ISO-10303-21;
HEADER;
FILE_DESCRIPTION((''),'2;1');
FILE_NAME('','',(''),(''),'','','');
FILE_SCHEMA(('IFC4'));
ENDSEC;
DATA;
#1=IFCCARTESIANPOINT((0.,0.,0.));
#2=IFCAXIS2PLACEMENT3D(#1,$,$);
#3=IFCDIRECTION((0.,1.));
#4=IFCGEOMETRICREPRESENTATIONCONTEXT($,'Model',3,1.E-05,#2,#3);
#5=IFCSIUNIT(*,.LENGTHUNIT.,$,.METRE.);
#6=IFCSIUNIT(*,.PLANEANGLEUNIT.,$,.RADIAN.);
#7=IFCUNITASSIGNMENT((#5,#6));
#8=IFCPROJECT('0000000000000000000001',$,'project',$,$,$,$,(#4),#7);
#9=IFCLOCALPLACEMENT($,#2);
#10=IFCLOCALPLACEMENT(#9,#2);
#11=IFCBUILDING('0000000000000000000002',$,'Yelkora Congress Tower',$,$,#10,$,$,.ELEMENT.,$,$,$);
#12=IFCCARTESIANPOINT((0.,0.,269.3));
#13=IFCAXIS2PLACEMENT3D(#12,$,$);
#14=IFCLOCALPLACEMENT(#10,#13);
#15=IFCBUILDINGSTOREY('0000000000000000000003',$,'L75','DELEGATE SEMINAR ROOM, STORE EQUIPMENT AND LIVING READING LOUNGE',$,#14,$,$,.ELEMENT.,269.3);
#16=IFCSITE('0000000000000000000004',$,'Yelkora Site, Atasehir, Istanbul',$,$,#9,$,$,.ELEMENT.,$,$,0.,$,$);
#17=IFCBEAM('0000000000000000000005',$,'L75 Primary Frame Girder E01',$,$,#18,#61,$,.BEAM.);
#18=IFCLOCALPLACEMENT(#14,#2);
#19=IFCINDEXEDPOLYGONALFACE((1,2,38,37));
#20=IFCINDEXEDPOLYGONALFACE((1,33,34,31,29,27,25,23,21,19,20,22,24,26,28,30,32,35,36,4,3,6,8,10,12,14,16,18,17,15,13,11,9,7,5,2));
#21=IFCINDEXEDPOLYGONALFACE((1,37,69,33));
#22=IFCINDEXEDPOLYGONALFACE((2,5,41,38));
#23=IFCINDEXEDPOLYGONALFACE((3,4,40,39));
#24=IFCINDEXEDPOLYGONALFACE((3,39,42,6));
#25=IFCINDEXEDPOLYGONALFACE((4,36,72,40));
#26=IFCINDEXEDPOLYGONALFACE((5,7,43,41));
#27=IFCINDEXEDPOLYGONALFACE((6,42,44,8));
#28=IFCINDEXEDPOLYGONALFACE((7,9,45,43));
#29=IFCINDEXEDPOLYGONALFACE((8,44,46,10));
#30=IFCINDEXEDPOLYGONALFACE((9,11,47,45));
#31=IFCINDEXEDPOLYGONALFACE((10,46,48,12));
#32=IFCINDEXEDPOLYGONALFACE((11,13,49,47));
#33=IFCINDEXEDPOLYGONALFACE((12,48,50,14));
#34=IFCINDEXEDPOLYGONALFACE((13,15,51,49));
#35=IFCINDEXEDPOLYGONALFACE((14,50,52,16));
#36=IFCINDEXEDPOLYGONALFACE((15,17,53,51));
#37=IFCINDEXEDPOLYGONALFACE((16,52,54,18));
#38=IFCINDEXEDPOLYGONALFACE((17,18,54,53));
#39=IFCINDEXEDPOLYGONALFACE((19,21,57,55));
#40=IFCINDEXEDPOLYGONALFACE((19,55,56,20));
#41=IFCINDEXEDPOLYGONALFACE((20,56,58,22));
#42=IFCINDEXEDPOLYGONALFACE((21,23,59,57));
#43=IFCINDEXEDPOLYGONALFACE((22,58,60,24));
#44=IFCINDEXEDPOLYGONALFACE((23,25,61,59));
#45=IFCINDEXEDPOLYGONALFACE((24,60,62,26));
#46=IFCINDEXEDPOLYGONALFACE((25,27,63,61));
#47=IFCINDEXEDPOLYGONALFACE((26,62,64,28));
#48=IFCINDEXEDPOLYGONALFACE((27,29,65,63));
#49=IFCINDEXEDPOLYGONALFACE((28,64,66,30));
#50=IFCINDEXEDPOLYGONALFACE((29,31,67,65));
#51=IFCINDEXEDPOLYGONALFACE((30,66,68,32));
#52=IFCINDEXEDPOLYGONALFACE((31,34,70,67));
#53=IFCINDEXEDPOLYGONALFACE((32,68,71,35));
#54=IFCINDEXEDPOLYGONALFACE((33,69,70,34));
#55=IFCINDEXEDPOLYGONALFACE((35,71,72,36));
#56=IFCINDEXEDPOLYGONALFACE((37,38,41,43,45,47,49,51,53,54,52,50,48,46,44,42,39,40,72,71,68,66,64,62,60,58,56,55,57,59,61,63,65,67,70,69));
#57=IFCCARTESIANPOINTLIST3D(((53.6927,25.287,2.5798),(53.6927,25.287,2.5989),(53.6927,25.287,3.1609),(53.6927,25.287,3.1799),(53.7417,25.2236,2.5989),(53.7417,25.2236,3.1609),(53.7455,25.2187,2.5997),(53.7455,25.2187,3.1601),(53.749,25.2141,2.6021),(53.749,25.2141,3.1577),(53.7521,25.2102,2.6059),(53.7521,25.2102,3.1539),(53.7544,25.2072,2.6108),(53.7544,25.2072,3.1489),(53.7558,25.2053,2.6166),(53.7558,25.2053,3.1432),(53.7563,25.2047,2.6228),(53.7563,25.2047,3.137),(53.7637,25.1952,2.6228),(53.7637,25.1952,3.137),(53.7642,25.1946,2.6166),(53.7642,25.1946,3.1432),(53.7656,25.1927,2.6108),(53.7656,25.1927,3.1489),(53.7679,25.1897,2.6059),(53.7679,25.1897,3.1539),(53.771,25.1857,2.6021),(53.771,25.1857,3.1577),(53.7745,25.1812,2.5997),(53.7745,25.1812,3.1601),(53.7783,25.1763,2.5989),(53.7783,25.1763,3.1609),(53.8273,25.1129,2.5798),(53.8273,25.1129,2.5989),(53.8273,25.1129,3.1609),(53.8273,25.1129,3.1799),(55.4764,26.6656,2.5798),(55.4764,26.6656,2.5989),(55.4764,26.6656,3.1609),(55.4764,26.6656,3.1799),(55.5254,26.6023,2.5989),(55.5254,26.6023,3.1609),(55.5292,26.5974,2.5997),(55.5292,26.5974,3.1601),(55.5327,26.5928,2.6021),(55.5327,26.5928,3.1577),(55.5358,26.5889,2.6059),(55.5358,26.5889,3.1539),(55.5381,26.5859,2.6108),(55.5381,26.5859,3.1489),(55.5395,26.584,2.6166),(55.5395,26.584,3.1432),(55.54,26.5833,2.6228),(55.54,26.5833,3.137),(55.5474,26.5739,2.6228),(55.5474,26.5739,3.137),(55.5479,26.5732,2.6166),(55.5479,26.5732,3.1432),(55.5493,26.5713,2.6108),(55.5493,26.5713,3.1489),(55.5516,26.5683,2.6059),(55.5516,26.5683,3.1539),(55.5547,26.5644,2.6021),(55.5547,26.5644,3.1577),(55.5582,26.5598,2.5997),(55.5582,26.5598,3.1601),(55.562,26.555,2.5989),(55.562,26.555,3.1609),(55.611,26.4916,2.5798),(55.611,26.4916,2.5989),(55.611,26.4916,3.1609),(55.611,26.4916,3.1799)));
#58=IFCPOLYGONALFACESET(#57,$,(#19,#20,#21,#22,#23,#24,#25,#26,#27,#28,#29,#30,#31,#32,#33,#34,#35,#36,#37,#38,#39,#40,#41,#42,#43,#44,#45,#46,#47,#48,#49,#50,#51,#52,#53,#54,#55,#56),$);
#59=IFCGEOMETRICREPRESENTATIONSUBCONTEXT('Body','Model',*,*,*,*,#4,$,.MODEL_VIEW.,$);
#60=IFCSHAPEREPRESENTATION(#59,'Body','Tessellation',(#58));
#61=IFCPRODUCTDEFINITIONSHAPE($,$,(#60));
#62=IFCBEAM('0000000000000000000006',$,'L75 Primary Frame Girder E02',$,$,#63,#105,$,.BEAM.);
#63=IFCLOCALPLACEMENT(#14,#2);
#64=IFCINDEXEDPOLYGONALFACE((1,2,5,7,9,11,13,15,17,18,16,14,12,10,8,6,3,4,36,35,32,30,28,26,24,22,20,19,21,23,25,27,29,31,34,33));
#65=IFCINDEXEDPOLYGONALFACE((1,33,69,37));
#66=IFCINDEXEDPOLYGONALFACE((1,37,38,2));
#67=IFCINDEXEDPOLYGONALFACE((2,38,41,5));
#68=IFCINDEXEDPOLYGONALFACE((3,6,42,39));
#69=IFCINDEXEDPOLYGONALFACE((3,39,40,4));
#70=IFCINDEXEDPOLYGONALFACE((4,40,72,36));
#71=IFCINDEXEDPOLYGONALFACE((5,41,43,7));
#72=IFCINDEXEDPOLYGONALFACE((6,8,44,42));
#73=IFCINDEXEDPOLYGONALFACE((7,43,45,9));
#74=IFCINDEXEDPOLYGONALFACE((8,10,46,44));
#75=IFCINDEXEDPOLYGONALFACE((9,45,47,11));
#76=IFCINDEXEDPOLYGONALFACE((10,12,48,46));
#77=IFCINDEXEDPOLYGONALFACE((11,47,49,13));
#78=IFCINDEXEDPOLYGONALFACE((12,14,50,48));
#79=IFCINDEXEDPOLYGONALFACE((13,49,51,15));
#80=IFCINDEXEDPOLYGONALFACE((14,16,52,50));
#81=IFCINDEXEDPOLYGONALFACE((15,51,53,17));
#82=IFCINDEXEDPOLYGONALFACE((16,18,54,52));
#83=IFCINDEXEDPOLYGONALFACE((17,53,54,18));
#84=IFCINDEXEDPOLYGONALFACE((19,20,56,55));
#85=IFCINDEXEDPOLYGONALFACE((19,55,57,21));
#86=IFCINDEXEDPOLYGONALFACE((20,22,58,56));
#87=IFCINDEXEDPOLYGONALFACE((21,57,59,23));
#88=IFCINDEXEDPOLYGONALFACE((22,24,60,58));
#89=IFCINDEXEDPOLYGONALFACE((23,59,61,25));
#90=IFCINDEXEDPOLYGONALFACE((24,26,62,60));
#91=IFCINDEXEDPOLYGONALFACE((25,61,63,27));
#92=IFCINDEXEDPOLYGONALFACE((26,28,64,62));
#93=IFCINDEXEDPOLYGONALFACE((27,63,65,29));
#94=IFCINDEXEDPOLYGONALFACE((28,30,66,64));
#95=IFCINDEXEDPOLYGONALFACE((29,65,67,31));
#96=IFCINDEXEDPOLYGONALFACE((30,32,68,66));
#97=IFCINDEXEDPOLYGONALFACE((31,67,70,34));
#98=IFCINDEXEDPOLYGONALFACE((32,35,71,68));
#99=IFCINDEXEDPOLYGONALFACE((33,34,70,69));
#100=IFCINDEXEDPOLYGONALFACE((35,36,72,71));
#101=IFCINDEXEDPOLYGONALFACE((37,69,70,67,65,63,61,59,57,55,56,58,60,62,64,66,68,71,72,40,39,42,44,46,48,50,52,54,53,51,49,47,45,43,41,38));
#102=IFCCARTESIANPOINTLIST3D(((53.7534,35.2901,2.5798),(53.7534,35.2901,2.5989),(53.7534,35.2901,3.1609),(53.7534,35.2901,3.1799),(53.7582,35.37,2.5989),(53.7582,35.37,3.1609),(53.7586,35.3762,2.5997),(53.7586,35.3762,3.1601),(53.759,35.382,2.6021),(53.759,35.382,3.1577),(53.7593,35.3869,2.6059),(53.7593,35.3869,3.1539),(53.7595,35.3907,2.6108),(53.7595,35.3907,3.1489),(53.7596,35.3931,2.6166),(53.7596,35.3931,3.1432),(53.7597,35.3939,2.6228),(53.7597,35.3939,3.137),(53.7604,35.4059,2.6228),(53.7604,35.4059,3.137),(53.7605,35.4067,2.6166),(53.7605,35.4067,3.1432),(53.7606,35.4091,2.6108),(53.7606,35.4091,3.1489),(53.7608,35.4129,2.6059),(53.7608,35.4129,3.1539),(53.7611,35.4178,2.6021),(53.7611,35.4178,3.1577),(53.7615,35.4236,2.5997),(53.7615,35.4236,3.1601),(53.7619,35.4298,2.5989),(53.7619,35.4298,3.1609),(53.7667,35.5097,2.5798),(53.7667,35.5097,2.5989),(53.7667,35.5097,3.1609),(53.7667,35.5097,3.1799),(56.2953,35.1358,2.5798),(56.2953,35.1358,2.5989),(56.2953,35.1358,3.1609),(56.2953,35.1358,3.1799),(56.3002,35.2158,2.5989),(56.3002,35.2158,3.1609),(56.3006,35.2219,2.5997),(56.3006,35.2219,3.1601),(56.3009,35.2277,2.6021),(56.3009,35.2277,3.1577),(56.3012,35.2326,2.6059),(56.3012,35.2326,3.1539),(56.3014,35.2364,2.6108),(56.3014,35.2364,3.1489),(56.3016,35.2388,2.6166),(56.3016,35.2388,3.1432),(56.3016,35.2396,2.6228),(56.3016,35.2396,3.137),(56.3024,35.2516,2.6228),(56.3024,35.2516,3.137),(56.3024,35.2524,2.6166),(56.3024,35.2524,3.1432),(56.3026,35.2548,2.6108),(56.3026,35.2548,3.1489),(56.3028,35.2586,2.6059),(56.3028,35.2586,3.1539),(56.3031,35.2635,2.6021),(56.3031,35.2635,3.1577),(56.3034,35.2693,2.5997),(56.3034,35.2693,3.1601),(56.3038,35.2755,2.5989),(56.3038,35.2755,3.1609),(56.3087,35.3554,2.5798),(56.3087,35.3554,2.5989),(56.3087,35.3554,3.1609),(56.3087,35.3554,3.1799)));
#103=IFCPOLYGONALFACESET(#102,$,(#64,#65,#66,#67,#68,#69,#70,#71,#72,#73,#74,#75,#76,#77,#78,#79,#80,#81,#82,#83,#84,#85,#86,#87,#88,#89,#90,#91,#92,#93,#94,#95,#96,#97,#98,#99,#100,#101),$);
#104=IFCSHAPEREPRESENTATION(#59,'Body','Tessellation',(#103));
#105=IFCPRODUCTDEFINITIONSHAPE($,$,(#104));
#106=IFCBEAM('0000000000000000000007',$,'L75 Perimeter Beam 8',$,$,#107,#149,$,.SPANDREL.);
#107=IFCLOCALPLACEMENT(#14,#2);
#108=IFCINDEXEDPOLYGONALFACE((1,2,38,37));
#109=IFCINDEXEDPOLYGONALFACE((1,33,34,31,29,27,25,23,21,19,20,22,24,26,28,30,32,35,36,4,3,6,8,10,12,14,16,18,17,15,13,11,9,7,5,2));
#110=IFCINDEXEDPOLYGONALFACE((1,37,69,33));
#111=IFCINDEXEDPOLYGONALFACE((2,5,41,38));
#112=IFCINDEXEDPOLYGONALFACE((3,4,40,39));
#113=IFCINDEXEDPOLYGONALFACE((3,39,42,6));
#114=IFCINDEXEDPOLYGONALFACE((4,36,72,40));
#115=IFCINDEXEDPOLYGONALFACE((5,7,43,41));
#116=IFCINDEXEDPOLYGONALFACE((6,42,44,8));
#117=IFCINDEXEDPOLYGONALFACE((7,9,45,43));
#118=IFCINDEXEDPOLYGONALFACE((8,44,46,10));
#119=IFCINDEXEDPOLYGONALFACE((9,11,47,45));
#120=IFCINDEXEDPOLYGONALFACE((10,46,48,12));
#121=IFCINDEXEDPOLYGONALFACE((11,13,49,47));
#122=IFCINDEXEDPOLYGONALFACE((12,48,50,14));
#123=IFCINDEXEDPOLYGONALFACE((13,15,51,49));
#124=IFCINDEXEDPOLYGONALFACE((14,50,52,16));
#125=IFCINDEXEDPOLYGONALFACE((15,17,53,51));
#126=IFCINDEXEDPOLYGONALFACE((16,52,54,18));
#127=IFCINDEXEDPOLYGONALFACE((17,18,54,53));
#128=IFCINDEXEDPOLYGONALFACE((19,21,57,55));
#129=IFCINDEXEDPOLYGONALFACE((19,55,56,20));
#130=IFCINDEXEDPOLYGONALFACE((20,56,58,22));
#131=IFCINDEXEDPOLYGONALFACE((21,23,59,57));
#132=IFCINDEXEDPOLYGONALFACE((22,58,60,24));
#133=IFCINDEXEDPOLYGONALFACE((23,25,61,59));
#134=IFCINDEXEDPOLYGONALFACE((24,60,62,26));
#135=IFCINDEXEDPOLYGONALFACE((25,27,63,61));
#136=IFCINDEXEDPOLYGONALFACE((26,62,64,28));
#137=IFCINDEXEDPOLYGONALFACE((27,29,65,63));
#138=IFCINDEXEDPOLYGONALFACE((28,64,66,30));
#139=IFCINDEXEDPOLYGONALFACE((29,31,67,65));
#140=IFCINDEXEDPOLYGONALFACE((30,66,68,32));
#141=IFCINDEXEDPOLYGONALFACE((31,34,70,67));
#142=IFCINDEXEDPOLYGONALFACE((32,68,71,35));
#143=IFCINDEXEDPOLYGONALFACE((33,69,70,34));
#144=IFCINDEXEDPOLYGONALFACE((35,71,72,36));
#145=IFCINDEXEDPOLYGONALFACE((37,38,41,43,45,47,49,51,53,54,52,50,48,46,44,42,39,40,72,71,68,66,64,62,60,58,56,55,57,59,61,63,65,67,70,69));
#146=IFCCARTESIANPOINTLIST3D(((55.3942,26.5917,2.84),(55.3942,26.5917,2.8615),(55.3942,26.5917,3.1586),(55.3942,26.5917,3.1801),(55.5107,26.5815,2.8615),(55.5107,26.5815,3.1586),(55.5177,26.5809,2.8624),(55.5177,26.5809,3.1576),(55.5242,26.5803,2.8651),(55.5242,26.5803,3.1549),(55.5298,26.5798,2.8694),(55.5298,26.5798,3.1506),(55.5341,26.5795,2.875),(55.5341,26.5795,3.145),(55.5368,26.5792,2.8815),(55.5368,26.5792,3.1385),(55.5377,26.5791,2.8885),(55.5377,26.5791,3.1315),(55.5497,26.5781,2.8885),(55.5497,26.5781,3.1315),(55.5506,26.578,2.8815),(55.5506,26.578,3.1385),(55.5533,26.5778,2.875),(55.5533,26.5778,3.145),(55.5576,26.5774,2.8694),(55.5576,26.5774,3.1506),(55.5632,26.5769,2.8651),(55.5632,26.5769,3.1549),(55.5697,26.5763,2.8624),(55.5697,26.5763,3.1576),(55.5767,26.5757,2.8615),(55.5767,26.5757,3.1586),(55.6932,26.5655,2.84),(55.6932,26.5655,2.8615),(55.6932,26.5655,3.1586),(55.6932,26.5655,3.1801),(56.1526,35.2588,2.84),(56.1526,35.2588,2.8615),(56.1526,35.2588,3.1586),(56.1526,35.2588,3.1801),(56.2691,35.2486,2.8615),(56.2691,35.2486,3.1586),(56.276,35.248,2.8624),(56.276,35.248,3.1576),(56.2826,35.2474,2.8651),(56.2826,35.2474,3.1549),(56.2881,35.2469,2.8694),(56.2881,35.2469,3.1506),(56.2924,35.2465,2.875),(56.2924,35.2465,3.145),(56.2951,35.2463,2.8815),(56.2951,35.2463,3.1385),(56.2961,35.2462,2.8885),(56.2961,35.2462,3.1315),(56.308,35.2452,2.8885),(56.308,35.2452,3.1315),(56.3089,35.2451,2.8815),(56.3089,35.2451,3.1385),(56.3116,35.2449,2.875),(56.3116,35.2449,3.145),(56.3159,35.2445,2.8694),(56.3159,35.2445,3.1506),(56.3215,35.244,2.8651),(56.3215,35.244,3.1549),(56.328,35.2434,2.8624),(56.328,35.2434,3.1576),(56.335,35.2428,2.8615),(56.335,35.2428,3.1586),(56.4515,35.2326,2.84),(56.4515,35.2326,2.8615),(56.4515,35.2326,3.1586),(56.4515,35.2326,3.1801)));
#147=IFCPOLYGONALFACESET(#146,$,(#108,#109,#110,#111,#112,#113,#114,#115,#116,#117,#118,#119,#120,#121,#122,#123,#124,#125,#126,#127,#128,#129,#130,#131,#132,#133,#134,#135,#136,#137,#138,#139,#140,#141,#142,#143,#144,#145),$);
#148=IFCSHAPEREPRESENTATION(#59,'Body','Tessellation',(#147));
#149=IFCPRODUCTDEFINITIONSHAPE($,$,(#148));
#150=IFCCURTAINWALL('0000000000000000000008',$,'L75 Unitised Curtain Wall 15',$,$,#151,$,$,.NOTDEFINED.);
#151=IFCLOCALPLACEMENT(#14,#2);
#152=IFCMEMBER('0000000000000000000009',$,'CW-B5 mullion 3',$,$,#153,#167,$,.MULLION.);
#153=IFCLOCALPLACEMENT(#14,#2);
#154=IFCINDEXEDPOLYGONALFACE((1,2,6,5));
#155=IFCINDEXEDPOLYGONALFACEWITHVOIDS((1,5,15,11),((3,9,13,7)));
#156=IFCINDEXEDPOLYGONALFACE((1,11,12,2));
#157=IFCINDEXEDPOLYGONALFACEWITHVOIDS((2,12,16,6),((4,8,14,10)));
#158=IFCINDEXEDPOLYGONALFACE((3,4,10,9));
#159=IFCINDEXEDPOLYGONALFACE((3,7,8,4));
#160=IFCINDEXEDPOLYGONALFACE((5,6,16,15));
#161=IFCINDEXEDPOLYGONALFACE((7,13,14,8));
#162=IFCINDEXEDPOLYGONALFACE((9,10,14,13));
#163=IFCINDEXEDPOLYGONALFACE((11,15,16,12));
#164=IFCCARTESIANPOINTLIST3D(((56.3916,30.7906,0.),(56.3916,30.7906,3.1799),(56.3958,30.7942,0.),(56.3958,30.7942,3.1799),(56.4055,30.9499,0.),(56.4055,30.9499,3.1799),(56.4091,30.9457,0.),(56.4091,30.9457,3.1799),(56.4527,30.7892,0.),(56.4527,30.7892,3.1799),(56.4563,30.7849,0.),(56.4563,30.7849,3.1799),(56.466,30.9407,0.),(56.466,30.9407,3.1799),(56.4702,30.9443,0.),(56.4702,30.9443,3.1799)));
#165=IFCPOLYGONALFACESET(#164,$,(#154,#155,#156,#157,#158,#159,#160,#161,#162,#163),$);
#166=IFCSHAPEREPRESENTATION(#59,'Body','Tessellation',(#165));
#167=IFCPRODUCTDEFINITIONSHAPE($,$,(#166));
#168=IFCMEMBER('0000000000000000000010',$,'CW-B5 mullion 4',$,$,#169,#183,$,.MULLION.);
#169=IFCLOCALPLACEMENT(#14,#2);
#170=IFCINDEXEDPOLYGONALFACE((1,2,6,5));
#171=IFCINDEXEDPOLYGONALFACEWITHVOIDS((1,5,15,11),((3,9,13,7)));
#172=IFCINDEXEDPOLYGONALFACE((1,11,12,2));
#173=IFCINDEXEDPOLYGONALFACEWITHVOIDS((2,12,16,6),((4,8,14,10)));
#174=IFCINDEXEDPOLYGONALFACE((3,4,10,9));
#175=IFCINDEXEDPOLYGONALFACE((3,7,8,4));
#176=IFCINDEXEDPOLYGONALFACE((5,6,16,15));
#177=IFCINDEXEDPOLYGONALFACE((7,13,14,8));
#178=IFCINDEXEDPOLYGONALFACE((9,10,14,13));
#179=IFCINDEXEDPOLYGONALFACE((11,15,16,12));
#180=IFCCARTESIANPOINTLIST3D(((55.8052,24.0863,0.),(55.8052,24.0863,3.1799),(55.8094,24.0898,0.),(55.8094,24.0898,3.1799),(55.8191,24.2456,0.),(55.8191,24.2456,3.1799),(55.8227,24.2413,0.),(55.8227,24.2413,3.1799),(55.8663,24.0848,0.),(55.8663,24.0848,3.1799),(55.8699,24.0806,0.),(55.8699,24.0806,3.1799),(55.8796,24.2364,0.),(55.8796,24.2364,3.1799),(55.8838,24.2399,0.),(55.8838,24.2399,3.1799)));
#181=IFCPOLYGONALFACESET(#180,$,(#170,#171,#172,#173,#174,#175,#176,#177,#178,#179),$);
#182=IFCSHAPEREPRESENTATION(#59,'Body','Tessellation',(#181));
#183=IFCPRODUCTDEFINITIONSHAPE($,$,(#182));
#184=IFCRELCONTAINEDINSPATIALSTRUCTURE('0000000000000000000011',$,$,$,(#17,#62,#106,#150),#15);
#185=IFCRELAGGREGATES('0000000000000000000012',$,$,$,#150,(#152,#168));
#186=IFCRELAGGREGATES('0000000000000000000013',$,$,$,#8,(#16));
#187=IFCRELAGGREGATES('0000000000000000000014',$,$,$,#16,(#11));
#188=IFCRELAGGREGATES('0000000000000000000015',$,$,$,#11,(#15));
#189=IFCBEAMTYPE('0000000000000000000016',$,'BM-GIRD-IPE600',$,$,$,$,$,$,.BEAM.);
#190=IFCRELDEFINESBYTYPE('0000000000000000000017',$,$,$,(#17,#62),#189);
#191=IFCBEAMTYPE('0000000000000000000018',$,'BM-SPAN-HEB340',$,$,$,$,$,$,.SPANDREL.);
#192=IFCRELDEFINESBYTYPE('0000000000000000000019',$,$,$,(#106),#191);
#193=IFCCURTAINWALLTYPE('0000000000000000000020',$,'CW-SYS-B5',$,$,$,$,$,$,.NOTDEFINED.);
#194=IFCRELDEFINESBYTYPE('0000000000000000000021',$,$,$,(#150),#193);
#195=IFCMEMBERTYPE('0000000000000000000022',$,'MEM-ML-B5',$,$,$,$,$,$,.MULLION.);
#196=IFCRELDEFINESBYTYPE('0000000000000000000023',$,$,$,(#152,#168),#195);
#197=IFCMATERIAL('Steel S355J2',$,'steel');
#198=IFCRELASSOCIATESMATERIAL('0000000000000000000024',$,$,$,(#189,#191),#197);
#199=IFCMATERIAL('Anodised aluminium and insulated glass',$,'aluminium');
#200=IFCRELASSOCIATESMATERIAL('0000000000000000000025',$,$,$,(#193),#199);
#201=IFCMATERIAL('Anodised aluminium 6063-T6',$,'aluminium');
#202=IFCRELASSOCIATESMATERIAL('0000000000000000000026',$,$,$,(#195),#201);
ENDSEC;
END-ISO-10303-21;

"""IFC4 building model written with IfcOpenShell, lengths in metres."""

from ifc_helpers import new_model, si_unit, direction, frame, origin, origin_2d, place, context, subcontext, project, spatial, hollow_rectangle, i_section, extrude, material, material_profile, profile_set, type_object, element, aggregate, save


model = new_model("IFC4")

# Units and contexts
model_context = context("Model", 3, precision=1e-05, world=origin(), true_north=direction((0.0, 1.0)))
body_context = subcontext(model_context, "Body", "Model", "MODEL_VIEW")
ifc_project = project(units=[si_unit("LENGTHUNIT", "METRE"), si_unit("PLANEANGLEUNIT", "RADIAN")], contexts=[model_context])

# Site, building, storey
site_placement = place(None, origin())
site = spatial("IfcSite", under=ifc_project, at=site_placement, Name="Yelkora Site, Atasehir, Istanbul", CompositionType="ELEMENT", RefElevation=0.0)
building_placement = place(site_placement, origin())
building = spatial("IfcBuilding", under=site, at=building_placement, Name="Yelkora Congress Tower", CompositionType="ELEMENT")
storey_placement = place(building_placement, frame((0.0, 0.0, 269.3)))
storey = spatial("IfcBuildingStorey", under=building, at=storey_placement, Name="L75", Description="DELEGATE SEMINAR ROOM, STORE EQUIPMENT AND LIVING READING LOUNGE", CompositionType="ELEMENT", Elevation=269.3)

# Shared definitions
ifc_material_1 = material(Name="Steel S355J2", Category="steel")

# Beams
ifc_material_profile_1 = material_profile(ifc_material_1, i_section(OverallWidth=0.22, OverallDepth=0.6001, WebThickness=0.012, FlangeThickness=0.019, FilletRadius=0.0239, at=origin_2d()), Name="IPE 600")
ifc_profile_set_1 = profile_set([ifc_material_profile_1], Name="Steel S355J2")
beam_type_1 = type_object("IfcBeamType", Name="BM-GIRD-IPE600", PredefinedType="BEAM", material=ifc_profile_set_1)
beam_1_placement = place(storey_placement, frame((55.5437, 26.5786, 2.8799), z_axis=(-0.791209, -0.611546, 0.0), x_axis=(0.611546, -0.791209, 0.0)))
element("IfcBeam", 1, at=beam_1_placement, inside=storey, type_object=beam_type_1, Name="L75 Primary Frame Girder E01", PredefinedType="BEAM", context=body_context, shape_type="SweptSolid", body=[
    extrude(i_section(OverallWidth=0.22, OverallDepth=0.6001, WebThickness=0.012, FlangeThickness=0.019, FilletRadius=0.0239, at=origin_2d()), origin(), (0.0, 0.0, 1.0), 2.2544),
])
beam_2_placement = place(storey_placement, frame((56.302, 35.2456, 2.8799), z_axis=(-0.998163, 0.060588, 0.0), x_axis=(-0.060588, -0.998163, 0.0)))
element("IfcBeam", 2, at=beam_2_placement, inside=storey, type_object=beam_type_1, Name="L75 Primary Frame Girder E02", PredefinedType="BEAM", context=body_context, shape_type="SweptSolid", body=[
    extrude(i_section(OverallWidth=0.22, OverallDepth=0.6001, WebThickness=0.012, FlangeThickness=0.019, FilletRadius=0.0239, at=origin_2d()), origin(), (0.0, 0.0, 1.0), 2.5466),
])
ifc_material_profile_2 = material_profile(ifc_material_1, i_section(OverallWidth=0.3, OverallDepth=0.3401, WebThickness=0.012, FlangeThickness=0.0215, FilletRadius=0.0271, at=origin_2d()), Name="HEB 340")
ifc_profile_set_2 = profile_set([ifc_material_profile_2], Name="Steel S355J2")
beam_type_2 = type_object("IfcBeamType", Name="BM-SPAN-HEB340", PredefinedType="SPANDREL", material=ifc_profile_set_2)
beam_3_placement = place(storey_placement, frame((55.5437, 26.5786, 3.01), z_axis=(0.08716, 0.996194, 0.0), x_axis=(-0.996194, 0.08716, 0.0)))
element("IfcBeam", 3, at=beam_3_placement, inside=storey, type_object=beam_type_2, Name="L75 Perimeter Beam 8", PredefinedType="SPANDREL", context=body_context, shape_type="SweptSolid", body=[
    extrude(i_section(OverallWidth=0.3, OverallDepth=0.3401, WebThickness=0.012, FlangeThickness=0.0215, FilletRadius=0.0271, at=origin_2d()), origin(), (0.0, 0.0, 1.0), 8.7002),
])

# Curtain wall, members
ifc_material_2 = material(Name="Anodised aluminium and insulated glass", Category="aluminium")
curtain_wall_type = type_object("IfcCurtainWallType", Name="CW-SYS-B5", PredefinedType="NOTDEFINED", material=ifc_material_2)
curtain_wall_placement = place(storey_placement, origin())
curtain_wall = element("IfcCurtainWall", 4, at=curtain_wall_placement, inside=storey, type_object=curtain_wall_type, Name="L75 Unitised Curtain Wall 15", PredefinedType="NOTDEFINED")
ifc_material_3 = material(Name="Anodised aluminium 6063-T6", Category="aluminium")
ifc_material_profile_3 = material_profile(ifc_material_3, hollow_rectangle(XDim=0.0649, YDim=0.1599, WallThickness=0.0039, at=origin_2d()), Name="ALU 65x160x4")
ifc_profile_set_3 = profile_set([ifc_material_profile_3], Name="Anodised aluminium 6063-T6")
member_type_1 = type_object("IfcMemberType", Name="MEM-ML-B5", PredefinedType="MULLION", material=ifc_profile_set_3)
member_1_placement = place(storey_placement, frame((56.4309, 30.8674, 0.0), z_axis=(0.0, 0.0, 1.0), x_axis=(0.996194, -0.087158, 0.0)))
member_1 = element("IfcMember", 5, at=member_1_placement, type_object=member_type_1, Name="CW-B5 mullion 3", PredefinedType="MULLION", context=body_context, shape_type="SweptSolid", body=[
    extrude(hollow_rectangle(XDim=0.0649, YDim=0.1599, WallThickness=0.0039, at=origin_2d()), origin(), (0.0, 0.0, 1.0), 3.1799),
])
member_2_placement = place(storey_placement, frame((55.8445, 24.1631, 0.0), z_axis=(0.0, 0.0, 1.0), x_axis=(0.996194, -0.087158, 0.0)))
member_2 = element("IfcMember", 6, at=member_2_placement, type_object=member_type_1, Name="CW-B5 mullion 4", PredefinedType="MULLION", context=body_context, shape_type="SweptSolid", body=[
    extrude(hollow_rectangle(XDim=0.0649, YDim=0.1599, WallThickness=0.0039, at=origin_2d()), origin(), (0.0, 0.0, 1.0), 3.1799),
])
aggregate(curtain_wall, [member_1, member_2])

save(model, "model.ifc")
